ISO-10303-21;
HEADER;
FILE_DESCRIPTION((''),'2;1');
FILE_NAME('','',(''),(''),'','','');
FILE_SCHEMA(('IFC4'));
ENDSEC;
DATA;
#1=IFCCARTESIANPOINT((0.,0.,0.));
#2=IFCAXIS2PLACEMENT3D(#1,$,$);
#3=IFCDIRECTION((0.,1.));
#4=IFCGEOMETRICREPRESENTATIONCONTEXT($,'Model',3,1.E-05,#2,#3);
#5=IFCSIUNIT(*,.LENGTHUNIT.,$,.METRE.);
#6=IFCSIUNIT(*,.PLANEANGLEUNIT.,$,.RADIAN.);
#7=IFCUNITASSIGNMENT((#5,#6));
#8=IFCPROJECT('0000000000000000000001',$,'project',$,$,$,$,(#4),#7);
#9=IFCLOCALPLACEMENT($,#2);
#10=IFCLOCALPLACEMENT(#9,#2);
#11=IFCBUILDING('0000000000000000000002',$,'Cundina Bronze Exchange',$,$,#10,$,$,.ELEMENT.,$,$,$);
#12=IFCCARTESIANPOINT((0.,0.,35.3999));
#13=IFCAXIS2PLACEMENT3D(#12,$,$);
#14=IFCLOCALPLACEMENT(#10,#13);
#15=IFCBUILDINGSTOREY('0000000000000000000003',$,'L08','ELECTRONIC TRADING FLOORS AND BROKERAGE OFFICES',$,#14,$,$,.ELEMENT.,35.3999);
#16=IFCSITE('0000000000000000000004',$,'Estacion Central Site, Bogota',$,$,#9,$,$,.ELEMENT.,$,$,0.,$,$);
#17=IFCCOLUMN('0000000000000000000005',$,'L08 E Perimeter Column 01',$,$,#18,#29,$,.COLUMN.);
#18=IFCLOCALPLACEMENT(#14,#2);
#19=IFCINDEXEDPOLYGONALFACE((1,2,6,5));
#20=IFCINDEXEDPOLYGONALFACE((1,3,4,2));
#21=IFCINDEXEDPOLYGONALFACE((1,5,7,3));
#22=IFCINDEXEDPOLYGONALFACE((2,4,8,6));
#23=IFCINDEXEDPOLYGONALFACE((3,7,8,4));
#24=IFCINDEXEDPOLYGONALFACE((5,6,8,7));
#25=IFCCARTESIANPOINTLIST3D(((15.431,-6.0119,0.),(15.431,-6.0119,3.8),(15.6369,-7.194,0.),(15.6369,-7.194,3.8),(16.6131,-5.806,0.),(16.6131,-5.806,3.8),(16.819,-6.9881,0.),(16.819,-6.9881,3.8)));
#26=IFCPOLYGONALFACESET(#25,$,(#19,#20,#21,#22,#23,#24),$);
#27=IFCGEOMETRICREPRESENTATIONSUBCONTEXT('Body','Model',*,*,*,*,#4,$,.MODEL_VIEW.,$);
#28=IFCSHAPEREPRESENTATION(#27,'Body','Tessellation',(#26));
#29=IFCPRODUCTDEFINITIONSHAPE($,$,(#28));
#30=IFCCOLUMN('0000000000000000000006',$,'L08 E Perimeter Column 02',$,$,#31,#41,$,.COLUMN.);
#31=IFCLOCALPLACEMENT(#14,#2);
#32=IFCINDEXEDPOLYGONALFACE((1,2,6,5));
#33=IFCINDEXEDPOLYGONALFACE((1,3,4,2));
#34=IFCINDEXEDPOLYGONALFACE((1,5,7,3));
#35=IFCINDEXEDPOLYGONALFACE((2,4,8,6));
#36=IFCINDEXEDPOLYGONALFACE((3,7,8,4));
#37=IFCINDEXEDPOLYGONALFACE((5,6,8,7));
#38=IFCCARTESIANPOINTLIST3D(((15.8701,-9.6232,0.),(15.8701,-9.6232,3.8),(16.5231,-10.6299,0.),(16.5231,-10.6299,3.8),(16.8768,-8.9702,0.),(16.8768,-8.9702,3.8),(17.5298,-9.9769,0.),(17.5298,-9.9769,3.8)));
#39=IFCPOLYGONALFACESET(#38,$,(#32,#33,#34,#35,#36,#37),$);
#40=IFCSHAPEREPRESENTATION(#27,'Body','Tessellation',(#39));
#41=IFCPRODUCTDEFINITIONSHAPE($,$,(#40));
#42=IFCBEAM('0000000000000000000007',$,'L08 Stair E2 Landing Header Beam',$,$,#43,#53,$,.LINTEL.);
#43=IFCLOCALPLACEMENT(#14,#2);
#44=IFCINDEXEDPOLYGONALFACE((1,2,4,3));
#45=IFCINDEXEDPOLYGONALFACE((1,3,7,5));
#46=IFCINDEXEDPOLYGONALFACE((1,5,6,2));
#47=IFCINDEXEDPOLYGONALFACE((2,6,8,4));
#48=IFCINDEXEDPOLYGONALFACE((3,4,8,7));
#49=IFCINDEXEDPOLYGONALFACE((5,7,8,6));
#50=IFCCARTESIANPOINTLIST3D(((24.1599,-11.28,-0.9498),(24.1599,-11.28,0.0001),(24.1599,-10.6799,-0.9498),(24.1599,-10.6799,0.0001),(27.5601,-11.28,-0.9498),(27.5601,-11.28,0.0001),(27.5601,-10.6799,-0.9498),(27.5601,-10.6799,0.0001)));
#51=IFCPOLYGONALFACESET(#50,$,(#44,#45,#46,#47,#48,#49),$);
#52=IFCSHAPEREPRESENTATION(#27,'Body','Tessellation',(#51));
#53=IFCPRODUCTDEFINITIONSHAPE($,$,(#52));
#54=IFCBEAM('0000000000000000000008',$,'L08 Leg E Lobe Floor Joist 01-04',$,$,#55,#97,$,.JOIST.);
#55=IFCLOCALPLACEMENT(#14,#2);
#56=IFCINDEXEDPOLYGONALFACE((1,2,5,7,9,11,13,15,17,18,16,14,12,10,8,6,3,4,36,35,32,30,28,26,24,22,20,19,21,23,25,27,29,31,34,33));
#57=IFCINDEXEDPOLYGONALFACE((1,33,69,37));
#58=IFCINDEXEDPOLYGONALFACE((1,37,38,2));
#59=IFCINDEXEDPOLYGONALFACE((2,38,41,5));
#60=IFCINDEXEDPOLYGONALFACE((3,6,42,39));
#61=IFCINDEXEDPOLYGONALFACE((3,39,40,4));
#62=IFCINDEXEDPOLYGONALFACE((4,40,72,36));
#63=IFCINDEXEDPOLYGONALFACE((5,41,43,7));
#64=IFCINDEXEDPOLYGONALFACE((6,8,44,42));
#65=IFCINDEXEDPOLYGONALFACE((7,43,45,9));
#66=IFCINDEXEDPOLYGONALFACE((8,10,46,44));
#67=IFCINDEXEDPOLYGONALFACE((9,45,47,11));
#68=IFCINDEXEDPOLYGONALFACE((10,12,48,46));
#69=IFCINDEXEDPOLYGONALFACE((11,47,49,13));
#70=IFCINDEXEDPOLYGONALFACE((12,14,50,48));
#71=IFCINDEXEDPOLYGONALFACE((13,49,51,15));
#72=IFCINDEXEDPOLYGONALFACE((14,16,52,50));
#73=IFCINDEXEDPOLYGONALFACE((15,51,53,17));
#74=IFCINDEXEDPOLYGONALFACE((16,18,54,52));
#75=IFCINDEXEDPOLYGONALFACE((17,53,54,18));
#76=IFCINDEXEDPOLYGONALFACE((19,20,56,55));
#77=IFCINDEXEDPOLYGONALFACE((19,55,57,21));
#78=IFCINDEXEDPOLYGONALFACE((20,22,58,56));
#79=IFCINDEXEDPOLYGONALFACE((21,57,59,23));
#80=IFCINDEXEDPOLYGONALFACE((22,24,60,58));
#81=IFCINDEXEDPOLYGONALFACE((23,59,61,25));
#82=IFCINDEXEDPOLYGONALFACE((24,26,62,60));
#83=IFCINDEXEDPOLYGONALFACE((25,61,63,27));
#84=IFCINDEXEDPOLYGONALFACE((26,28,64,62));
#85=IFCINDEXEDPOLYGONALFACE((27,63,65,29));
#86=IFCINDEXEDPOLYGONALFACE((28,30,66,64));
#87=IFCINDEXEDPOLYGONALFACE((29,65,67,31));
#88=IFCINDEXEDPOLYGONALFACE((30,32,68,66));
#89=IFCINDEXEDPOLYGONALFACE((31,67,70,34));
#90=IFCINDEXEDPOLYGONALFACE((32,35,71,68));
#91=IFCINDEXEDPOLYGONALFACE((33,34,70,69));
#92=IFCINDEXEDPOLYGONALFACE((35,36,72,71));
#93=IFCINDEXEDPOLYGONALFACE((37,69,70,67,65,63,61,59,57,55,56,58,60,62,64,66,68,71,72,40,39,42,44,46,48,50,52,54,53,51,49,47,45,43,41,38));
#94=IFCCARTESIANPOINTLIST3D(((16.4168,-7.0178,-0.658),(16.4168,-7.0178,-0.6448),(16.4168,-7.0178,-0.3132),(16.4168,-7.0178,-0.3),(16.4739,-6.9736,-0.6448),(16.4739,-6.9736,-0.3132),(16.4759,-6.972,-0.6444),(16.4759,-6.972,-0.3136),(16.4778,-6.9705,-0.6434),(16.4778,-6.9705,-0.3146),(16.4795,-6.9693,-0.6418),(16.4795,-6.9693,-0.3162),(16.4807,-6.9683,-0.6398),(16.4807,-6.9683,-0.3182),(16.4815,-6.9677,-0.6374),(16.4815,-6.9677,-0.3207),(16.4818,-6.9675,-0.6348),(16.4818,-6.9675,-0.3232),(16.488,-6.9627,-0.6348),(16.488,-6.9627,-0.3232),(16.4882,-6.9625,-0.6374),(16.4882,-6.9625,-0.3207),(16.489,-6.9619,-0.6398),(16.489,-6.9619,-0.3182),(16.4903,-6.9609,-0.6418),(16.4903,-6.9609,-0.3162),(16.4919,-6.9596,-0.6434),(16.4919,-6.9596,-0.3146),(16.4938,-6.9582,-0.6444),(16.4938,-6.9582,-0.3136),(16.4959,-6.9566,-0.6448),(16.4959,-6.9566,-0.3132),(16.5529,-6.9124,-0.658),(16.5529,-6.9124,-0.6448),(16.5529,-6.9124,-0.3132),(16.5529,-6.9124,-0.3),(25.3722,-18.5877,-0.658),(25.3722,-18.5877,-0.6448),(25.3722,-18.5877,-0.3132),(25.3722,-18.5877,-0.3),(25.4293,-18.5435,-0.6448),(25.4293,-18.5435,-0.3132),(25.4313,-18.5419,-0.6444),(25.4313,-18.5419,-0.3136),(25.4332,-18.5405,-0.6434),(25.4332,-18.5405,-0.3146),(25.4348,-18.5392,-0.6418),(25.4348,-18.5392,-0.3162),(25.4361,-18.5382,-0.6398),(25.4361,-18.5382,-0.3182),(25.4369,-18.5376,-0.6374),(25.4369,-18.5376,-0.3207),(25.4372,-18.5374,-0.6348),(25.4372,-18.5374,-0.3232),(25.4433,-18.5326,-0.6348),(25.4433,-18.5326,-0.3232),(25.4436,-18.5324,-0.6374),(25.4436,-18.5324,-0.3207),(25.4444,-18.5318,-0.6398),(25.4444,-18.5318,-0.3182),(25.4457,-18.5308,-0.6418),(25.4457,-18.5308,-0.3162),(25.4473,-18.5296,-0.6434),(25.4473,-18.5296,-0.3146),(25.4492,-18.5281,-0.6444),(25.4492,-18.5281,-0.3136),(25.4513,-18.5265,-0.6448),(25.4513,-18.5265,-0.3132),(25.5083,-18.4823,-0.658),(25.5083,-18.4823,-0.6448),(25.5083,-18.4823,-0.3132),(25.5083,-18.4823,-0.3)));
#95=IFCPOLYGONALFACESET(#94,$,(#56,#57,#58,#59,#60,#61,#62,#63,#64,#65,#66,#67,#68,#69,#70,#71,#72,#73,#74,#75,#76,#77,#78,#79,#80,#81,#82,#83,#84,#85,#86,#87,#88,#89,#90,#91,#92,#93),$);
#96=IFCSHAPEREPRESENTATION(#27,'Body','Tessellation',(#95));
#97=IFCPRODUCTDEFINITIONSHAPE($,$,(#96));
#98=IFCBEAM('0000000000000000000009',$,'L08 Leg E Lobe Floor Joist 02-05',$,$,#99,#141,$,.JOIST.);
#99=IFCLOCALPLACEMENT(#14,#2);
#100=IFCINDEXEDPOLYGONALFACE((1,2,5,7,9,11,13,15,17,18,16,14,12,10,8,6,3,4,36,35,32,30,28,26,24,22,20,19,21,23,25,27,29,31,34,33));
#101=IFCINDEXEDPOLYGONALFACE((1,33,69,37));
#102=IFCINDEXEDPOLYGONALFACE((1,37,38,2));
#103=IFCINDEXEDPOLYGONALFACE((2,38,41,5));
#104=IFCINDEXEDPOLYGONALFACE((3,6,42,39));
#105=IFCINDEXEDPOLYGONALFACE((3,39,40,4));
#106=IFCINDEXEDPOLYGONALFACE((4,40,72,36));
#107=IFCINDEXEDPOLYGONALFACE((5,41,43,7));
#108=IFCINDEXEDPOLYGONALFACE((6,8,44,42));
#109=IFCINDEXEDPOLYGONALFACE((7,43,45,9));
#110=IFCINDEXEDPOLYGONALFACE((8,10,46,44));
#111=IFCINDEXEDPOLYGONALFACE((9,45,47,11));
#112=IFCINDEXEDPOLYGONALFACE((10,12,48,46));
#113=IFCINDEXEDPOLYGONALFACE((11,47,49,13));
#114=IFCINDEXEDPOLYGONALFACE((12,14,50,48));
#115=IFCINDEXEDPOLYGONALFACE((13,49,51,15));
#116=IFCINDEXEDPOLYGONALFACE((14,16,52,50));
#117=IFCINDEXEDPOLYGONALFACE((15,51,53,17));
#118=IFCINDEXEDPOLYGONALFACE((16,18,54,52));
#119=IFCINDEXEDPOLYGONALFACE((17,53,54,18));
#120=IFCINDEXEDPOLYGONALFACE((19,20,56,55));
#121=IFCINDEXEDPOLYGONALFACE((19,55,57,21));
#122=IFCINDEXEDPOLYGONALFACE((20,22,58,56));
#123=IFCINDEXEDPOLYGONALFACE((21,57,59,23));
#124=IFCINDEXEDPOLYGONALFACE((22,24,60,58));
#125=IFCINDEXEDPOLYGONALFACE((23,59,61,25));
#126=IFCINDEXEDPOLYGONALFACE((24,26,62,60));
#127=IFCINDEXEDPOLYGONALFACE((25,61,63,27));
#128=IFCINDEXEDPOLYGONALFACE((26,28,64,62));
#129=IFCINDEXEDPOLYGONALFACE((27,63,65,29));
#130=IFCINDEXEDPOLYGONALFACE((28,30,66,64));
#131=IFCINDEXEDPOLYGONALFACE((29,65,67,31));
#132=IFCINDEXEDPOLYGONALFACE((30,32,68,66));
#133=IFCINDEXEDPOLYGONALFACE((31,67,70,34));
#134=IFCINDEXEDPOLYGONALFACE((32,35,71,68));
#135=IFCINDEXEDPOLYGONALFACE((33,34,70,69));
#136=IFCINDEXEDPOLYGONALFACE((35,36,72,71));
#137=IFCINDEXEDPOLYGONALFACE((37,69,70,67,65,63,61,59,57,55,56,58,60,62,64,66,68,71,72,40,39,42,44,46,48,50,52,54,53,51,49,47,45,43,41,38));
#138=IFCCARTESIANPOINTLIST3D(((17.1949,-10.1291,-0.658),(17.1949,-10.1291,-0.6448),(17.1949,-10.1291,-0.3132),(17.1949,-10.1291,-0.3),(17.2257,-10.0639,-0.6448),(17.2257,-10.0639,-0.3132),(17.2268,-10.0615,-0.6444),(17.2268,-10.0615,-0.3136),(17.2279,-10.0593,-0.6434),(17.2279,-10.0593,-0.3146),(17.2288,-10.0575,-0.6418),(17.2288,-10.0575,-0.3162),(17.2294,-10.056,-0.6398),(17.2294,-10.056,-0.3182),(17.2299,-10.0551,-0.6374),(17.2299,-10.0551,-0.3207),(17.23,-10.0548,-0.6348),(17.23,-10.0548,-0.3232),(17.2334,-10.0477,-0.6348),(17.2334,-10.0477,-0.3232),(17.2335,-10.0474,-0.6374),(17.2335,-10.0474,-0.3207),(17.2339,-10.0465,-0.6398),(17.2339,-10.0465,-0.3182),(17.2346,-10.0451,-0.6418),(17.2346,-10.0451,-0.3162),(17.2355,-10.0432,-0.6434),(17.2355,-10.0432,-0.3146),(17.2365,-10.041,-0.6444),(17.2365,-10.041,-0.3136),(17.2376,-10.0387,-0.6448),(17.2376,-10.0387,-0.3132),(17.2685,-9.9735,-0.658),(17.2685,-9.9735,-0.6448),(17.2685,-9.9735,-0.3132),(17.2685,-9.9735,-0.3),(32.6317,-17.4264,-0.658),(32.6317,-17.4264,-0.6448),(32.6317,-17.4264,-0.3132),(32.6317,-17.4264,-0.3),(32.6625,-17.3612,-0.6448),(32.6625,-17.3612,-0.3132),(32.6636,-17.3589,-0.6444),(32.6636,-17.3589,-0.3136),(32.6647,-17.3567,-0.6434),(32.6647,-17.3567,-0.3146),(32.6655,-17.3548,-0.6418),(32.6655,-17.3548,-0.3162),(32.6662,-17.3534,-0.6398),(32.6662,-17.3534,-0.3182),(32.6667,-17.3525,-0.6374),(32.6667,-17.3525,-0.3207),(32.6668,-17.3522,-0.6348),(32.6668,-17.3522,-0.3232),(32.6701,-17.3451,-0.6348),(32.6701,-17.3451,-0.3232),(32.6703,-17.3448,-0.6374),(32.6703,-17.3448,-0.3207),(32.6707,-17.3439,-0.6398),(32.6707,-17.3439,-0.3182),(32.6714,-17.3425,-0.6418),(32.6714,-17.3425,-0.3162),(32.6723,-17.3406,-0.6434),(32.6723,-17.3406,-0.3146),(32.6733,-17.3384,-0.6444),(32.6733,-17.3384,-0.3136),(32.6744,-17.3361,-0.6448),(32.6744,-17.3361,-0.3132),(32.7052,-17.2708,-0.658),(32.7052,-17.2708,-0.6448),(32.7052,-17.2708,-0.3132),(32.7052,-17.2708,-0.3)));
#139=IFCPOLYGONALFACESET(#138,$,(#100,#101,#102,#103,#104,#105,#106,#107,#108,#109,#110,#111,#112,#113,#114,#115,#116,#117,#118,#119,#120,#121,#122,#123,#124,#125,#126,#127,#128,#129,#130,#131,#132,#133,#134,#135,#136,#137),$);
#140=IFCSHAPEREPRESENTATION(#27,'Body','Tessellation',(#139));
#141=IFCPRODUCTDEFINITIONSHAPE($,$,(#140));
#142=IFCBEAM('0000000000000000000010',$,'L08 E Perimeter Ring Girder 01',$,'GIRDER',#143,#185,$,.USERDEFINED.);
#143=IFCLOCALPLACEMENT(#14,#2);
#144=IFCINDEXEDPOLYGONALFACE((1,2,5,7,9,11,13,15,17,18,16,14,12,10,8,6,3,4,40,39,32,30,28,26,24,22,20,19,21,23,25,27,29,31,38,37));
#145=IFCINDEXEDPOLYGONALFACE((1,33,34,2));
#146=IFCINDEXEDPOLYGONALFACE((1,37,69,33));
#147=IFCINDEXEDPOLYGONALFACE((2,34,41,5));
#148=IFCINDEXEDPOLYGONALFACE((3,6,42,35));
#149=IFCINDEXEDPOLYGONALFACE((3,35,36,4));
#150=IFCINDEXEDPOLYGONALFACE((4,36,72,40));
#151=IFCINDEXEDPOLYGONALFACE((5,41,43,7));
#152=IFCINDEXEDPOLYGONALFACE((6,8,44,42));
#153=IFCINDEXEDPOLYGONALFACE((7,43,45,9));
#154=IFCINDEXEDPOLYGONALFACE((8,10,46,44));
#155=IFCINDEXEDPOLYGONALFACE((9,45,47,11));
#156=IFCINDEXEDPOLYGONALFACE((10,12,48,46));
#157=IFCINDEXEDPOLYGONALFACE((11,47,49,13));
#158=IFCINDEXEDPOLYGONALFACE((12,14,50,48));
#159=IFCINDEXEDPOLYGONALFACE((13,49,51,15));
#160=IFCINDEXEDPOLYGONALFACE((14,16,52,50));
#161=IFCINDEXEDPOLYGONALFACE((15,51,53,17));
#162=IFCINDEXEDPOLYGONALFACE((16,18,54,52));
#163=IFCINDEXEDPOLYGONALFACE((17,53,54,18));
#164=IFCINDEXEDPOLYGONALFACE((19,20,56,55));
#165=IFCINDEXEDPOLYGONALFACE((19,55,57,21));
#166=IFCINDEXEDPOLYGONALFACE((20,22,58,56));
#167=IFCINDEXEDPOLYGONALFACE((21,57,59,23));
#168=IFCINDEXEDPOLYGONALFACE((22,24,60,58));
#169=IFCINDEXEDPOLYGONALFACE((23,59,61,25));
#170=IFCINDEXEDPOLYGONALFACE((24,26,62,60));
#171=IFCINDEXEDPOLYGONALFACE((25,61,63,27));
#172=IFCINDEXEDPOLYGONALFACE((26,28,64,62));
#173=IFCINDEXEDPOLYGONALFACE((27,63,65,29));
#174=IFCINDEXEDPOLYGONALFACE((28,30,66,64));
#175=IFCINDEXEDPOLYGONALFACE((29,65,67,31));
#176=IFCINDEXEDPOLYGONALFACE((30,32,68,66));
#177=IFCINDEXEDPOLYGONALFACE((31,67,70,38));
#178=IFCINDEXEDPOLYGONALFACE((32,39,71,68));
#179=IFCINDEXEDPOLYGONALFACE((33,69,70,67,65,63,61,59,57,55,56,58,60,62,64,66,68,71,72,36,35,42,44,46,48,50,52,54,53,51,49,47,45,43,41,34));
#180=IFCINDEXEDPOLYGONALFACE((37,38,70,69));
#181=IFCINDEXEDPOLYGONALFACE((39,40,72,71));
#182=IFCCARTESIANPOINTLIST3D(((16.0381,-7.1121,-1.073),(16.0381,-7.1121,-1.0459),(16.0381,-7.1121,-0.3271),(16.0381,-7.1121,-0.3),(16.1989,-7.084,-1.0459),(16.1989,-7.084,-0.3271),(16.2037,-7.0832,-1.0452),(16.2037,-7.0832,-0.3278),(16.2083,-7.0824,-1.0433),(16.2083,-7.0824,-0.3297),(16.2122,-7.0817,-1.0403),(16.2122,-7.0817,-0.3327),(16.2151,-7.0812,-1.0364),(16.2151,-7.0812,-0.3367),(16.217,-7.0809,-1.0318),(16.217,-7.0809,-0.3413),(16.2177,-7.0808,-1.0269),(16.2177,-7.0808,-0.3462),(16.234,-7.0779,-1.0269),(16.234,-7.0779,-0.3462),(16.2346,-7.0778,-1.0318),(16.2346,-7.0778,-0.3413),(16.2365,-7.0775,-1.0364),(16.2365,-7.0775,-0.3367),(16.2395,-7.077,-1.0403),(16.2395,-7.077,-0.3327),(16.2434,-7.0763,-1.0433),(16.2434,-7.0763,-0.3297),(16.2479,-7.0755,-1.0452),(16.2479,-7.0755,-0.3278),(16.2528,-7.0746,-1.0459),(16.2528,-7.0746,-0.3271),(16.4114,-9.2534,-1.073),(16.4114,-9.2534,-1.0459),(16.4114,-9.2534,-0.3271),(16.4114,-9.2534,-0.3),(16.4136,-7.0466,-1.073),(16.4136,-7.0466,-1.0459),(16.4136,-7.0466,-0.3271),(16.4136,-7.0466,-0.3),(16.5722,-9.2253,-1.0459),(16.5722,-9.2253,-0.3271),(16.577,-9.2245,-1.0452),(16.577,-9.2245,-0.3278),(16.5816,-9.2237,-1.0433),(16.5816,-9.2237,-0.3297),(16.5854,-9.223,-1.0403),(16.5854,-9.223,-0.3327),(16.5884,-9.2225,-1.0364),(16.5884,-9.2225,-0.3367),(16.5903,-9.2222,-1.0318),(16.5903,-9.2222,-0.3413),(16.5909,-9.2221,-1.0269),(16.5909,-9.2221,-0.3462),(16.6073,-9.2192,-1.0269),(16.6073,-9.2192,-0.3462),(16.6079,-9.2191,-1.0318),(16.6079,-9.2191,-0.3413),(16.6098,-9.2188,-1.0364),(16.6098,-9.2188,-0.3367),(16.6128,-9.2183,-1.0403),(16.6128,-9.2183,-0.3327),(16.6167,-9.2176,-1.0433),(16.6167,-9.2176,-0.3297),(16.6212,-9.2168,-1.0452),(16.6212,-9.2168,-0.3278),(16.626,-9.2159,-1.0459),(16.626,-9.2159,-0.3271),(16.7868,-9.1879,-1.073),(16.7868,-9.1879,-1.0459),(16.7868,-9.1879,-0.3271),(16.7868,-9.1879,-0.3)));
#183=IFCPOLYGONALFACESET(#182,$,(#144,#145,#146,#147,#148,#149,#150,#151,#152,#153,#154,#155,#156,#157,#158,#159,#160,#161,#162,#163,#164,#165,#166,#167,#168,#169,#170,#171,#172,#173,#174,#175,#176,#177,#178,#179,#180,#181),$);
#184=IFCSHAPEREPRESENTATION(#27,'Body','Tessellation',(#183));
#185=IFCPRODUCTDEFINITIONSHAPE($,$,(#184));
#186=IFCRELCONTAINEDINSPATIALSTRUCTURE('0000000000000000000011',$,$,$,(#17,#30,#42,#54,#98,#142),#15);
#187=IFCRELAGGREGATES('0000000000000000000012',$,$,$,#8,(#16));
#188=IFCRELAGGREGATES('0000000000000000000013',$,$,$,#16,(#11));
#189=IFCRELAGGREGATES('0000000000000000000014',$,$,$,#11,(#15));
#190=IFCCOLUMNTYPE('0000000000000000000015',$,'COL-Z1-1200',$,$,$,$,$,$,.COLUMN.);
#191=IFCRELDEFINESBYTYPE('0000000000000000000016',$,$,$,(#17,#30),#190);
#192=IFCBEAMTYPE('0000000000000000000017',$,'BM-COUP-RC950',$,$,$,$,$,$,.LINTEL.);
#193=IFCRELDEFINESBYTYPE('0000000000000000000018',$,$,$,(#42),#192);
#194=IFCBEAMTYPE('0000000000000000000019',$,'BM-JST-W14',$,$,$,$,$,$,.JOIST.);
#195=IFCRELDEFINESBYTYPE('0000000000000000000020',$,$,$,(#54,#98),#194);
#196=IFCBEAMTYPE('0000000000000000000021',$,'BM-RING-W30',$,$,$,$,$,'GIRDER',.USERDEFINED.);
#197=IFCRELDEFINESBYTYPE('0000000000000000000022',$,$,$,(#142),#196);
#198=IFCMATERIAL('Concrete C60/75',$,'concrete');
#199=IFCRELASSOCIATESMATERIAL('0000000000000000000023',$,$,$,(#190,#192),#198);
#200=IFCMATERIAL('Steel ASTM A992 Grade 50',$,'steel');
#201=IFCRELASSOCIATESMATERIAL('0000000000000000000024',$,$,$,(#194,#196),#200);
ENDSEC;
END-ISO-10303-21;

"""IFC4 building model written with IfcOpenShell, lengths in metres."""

from ifc_helpers import new_model, si_unit, direction, frame, origin, origin_2d, place, context, subcontext, project, spatial, rectangle, i_section, extrude, material, material_profile, profile_set, type_object, element, save


model = new_model("IFC4")

# Units and contexts
model_context = context("Model", 3, precision=1e-05, world=origin(), true_north=direction((0.0, 1.0)))
body_context = subcontext(model_context, "Body", "Model", "MODEL_VIEW")
ifc_project = project(units=[si_unit("LENGTHUNIT", "METRE"), si_unit("PLANEANGLEUNIT", "RADIAN")], contexts=[model_context])

# Site, building, storey
site_placement = place(None, origin())
site = spatial("IfcSite", under=ifc_project, at=site_placement, Name="Estacion Central Site, Bogota", CompositionType="ELEMENT", RefElevation=0.0)
building_placement = place(site_placement, origin())
building = spatial("IfcBuilding", under=site, at=building_placement, Name="Cundina Bronze Exchange", CompositionType="ELEMENT")
storey_placement = place(building_placement, frame((0.0, 0.0, 35.3999)))
storey = spatial("IfcBuildingStorey", under=building, at=storey_placement, Name="L08", Description="ELECTRONIC TRADING FLOORS AND BROKERAGE OFFICES", CompositionType="ELEMENT", Elevation=35.3999)

# Columns
ifc_material_1 = material(Name="Concrete C60/75", Category="concrete")
ifc_material_profile_1 = material_profile(ifc_material_1, rectangle(XDim=1.2, YDim=1.2, at=origin_2d()), Name="RC1200X1200", Category="concrete")
ifc_profile_set_1 = profile_set([ifc_material_profile_1], Name="Concrete C60/75")
column_type = type_object("IfcColumnType", Name="COL-Z1-1200", PredefinedType="COLUMN", material=ifc_profile_set_1)
for number, where, z_axis, x_axis, name in (
    (1, (16.125, -6.5, 0.0), (0.0, 0.0, 1.0), (0.171585, -0.985169, 0.0), "L08 E Perimeter Column 01"),
    (2, (16.7, -9.8, 0.0), (0.0, 0.0, 1.0), (0.5442, -0.838956, 0.0), "L08 E Perimeter Column 02"),
):
    element("IfcColumn", number, at=place(storey_placement, frame(where, z_axis=z_axis, x_axis=x_axis)), inside=storey, type_object=column_type, Name=name, PredefinedType="COLUMN", context=body_context, shape_type="SweptSolid", body=[
        extrude(rectangle(XDim=1.2, YDim=1.2, at=origin_2d()), origin(), (0.0, 0.0, 1.0), 3.8),
    ])

# Beams
ifc_material_profile_2 = material_profile(ifc_material_1, rectangle(XDim=0.6001, YDim=0.95, at=origin_2d()), Name="RC600X950", Category="concrete")
ifc_profile_set_2 = profile_set([ifc_material_profile_2], Name="Concrete C60/75")
beam_type_1 = type_object("IfcBeamType", Name="BM-COUP-RC950", PredefinedType="LINTEL", material=ifc_profile_set_2)
beam_1_placement = place(storey_placement, frame((24.1599, -10.98, -0.4749), z_axis=(1.0, 0.0, 0.0), x_axis=(0.0, 1.0, 0.0)))
element("IfcBeam", 3, at=beam_1_placement, inside=storey, type_object=beam_type_1, Name="L08 Stair E2 Landing Header Beam", PredefinedType="LINTEL", context=body_context, shape_type="SweptSolid", body=[
    extrude(rectangle(XDim=0.6001, YDim=0.95, at=origin_2d()), origin(), (0.0, 0.0, 1.0), 3.4001),
])
ifc_material_2 = material(Name="Steel ASTM A992 Grade 50", Category="steel")
ifc_material_profile_3 = material_profile(ifc_material_2, i_section(OverallWidth=0.1721, OverallDepth=0.3579, WebThickness=0.0078, FlangeThickness=0.0132, FilletRadius=0.01, at=origin_2d()), Name="W14X38", Category="steel")
ifc_profile_set_3 = profile_set([ifc_material_profile_3], Name="Steel ASTM A992 Grade 50")
beam_type_2 = type_object("IfcBeamType", Name="BM-JST-W14", PredefinedType="JOIST", material=ifc_profile_set_3)
beam_2_placement = place(storey_placement, frame((16.4849, -6.9651, -0.479), z_axis=(0.612089, -0.790789, 0.0), x_axis=(0.790789, 0.612089, 0.0)))
element("IfcBeam", 4, at=beam_2_placement, inside=storey, type_object=beam_type_2, Name="L08 Leg E Lobe Floor Joist 01-04", PredefinedType="JOIST", context=body_context, shape_type="SweptSolid", body=[
    extrude(i_section(OverallWidth=0.1721, OverallDepth=0.3579, WebThickness=0.0078, FlangeThickness=0.0132, FilletRadius=0.01, at=origin_2d()), origin(), (0.0, 0.0, 1.0), 14.6309),
])
beam_3_placement = place(storey_placement, frame((17.2317, -10.0513, -0.479), z_axis=(0.904073, -0.427379, 0.0), x_axis=(0.427379, 0.904073, 0.0)))
element("IfcBeam", 5, at=beam_3_placement, inside=storey, type_object=beam_type_2, Name="L08 Leg E Lobe Floor Joist 02-05", PredefinedType="JOIST", context=body_context, shape_type="SweptSolid", body=[
    extrude(i_section(OverallWidth=0.1721, OverallDepth=0.3579, WebThickness=0.0078, FlangeThickness=0.0132, FilletRadius=0.01, at=origin_2d()), origin(), (0.0, 0.0, 1.0), 17.0747),
])
ifc_material_profile_4 = material_profile(ifc_material_2, i_section(OverallWidth=0.3811, OverallDepth=0.7729, WebThickness=0.0166, FlangeThickness=0.0271, FilletRadius=0.019, at=origin_2d()), Name="W30X173", Category="steel")
ifc_profile_set_4 = profile_set([ifc_material_profile_4], Name="Steel ASTM A992 Grade 50")
beam_type_3 = type_object("IfcBeamType", Name="BM-RING-W30", ElementType="GIRDER", PredefinedType="USERDEFINED", material=ifc_profile_set_4)
beam_4_placement = place(storey_placement, frame((16.2258, -7.0793, -0.6865), z_axis=(0.171735, -0.985143, 0.0), x_axis=(0.985143, 0.171735, 0.0)))
element("IfcBeam", 6, at=beam_4_placement, inside=storey, type_object=beam_type_3, Name="L08 E Perimeter Ring Girder 01", ObjectType="GIRDER", PredefinedType="USERDEFINED", context=body_context, shape_type="SweptSolid", body=[
    extrude(i_section(OverallWidth=0.3811, OverallDepth=0.7729, WebThickness=0.0166, FlangeThickness=0.0271, FilletRadius=0.019, at=origin_2d()), origin(), (0.0, 0.0, 1.0), 2.1736),
])

save(model, "model.ifc")
